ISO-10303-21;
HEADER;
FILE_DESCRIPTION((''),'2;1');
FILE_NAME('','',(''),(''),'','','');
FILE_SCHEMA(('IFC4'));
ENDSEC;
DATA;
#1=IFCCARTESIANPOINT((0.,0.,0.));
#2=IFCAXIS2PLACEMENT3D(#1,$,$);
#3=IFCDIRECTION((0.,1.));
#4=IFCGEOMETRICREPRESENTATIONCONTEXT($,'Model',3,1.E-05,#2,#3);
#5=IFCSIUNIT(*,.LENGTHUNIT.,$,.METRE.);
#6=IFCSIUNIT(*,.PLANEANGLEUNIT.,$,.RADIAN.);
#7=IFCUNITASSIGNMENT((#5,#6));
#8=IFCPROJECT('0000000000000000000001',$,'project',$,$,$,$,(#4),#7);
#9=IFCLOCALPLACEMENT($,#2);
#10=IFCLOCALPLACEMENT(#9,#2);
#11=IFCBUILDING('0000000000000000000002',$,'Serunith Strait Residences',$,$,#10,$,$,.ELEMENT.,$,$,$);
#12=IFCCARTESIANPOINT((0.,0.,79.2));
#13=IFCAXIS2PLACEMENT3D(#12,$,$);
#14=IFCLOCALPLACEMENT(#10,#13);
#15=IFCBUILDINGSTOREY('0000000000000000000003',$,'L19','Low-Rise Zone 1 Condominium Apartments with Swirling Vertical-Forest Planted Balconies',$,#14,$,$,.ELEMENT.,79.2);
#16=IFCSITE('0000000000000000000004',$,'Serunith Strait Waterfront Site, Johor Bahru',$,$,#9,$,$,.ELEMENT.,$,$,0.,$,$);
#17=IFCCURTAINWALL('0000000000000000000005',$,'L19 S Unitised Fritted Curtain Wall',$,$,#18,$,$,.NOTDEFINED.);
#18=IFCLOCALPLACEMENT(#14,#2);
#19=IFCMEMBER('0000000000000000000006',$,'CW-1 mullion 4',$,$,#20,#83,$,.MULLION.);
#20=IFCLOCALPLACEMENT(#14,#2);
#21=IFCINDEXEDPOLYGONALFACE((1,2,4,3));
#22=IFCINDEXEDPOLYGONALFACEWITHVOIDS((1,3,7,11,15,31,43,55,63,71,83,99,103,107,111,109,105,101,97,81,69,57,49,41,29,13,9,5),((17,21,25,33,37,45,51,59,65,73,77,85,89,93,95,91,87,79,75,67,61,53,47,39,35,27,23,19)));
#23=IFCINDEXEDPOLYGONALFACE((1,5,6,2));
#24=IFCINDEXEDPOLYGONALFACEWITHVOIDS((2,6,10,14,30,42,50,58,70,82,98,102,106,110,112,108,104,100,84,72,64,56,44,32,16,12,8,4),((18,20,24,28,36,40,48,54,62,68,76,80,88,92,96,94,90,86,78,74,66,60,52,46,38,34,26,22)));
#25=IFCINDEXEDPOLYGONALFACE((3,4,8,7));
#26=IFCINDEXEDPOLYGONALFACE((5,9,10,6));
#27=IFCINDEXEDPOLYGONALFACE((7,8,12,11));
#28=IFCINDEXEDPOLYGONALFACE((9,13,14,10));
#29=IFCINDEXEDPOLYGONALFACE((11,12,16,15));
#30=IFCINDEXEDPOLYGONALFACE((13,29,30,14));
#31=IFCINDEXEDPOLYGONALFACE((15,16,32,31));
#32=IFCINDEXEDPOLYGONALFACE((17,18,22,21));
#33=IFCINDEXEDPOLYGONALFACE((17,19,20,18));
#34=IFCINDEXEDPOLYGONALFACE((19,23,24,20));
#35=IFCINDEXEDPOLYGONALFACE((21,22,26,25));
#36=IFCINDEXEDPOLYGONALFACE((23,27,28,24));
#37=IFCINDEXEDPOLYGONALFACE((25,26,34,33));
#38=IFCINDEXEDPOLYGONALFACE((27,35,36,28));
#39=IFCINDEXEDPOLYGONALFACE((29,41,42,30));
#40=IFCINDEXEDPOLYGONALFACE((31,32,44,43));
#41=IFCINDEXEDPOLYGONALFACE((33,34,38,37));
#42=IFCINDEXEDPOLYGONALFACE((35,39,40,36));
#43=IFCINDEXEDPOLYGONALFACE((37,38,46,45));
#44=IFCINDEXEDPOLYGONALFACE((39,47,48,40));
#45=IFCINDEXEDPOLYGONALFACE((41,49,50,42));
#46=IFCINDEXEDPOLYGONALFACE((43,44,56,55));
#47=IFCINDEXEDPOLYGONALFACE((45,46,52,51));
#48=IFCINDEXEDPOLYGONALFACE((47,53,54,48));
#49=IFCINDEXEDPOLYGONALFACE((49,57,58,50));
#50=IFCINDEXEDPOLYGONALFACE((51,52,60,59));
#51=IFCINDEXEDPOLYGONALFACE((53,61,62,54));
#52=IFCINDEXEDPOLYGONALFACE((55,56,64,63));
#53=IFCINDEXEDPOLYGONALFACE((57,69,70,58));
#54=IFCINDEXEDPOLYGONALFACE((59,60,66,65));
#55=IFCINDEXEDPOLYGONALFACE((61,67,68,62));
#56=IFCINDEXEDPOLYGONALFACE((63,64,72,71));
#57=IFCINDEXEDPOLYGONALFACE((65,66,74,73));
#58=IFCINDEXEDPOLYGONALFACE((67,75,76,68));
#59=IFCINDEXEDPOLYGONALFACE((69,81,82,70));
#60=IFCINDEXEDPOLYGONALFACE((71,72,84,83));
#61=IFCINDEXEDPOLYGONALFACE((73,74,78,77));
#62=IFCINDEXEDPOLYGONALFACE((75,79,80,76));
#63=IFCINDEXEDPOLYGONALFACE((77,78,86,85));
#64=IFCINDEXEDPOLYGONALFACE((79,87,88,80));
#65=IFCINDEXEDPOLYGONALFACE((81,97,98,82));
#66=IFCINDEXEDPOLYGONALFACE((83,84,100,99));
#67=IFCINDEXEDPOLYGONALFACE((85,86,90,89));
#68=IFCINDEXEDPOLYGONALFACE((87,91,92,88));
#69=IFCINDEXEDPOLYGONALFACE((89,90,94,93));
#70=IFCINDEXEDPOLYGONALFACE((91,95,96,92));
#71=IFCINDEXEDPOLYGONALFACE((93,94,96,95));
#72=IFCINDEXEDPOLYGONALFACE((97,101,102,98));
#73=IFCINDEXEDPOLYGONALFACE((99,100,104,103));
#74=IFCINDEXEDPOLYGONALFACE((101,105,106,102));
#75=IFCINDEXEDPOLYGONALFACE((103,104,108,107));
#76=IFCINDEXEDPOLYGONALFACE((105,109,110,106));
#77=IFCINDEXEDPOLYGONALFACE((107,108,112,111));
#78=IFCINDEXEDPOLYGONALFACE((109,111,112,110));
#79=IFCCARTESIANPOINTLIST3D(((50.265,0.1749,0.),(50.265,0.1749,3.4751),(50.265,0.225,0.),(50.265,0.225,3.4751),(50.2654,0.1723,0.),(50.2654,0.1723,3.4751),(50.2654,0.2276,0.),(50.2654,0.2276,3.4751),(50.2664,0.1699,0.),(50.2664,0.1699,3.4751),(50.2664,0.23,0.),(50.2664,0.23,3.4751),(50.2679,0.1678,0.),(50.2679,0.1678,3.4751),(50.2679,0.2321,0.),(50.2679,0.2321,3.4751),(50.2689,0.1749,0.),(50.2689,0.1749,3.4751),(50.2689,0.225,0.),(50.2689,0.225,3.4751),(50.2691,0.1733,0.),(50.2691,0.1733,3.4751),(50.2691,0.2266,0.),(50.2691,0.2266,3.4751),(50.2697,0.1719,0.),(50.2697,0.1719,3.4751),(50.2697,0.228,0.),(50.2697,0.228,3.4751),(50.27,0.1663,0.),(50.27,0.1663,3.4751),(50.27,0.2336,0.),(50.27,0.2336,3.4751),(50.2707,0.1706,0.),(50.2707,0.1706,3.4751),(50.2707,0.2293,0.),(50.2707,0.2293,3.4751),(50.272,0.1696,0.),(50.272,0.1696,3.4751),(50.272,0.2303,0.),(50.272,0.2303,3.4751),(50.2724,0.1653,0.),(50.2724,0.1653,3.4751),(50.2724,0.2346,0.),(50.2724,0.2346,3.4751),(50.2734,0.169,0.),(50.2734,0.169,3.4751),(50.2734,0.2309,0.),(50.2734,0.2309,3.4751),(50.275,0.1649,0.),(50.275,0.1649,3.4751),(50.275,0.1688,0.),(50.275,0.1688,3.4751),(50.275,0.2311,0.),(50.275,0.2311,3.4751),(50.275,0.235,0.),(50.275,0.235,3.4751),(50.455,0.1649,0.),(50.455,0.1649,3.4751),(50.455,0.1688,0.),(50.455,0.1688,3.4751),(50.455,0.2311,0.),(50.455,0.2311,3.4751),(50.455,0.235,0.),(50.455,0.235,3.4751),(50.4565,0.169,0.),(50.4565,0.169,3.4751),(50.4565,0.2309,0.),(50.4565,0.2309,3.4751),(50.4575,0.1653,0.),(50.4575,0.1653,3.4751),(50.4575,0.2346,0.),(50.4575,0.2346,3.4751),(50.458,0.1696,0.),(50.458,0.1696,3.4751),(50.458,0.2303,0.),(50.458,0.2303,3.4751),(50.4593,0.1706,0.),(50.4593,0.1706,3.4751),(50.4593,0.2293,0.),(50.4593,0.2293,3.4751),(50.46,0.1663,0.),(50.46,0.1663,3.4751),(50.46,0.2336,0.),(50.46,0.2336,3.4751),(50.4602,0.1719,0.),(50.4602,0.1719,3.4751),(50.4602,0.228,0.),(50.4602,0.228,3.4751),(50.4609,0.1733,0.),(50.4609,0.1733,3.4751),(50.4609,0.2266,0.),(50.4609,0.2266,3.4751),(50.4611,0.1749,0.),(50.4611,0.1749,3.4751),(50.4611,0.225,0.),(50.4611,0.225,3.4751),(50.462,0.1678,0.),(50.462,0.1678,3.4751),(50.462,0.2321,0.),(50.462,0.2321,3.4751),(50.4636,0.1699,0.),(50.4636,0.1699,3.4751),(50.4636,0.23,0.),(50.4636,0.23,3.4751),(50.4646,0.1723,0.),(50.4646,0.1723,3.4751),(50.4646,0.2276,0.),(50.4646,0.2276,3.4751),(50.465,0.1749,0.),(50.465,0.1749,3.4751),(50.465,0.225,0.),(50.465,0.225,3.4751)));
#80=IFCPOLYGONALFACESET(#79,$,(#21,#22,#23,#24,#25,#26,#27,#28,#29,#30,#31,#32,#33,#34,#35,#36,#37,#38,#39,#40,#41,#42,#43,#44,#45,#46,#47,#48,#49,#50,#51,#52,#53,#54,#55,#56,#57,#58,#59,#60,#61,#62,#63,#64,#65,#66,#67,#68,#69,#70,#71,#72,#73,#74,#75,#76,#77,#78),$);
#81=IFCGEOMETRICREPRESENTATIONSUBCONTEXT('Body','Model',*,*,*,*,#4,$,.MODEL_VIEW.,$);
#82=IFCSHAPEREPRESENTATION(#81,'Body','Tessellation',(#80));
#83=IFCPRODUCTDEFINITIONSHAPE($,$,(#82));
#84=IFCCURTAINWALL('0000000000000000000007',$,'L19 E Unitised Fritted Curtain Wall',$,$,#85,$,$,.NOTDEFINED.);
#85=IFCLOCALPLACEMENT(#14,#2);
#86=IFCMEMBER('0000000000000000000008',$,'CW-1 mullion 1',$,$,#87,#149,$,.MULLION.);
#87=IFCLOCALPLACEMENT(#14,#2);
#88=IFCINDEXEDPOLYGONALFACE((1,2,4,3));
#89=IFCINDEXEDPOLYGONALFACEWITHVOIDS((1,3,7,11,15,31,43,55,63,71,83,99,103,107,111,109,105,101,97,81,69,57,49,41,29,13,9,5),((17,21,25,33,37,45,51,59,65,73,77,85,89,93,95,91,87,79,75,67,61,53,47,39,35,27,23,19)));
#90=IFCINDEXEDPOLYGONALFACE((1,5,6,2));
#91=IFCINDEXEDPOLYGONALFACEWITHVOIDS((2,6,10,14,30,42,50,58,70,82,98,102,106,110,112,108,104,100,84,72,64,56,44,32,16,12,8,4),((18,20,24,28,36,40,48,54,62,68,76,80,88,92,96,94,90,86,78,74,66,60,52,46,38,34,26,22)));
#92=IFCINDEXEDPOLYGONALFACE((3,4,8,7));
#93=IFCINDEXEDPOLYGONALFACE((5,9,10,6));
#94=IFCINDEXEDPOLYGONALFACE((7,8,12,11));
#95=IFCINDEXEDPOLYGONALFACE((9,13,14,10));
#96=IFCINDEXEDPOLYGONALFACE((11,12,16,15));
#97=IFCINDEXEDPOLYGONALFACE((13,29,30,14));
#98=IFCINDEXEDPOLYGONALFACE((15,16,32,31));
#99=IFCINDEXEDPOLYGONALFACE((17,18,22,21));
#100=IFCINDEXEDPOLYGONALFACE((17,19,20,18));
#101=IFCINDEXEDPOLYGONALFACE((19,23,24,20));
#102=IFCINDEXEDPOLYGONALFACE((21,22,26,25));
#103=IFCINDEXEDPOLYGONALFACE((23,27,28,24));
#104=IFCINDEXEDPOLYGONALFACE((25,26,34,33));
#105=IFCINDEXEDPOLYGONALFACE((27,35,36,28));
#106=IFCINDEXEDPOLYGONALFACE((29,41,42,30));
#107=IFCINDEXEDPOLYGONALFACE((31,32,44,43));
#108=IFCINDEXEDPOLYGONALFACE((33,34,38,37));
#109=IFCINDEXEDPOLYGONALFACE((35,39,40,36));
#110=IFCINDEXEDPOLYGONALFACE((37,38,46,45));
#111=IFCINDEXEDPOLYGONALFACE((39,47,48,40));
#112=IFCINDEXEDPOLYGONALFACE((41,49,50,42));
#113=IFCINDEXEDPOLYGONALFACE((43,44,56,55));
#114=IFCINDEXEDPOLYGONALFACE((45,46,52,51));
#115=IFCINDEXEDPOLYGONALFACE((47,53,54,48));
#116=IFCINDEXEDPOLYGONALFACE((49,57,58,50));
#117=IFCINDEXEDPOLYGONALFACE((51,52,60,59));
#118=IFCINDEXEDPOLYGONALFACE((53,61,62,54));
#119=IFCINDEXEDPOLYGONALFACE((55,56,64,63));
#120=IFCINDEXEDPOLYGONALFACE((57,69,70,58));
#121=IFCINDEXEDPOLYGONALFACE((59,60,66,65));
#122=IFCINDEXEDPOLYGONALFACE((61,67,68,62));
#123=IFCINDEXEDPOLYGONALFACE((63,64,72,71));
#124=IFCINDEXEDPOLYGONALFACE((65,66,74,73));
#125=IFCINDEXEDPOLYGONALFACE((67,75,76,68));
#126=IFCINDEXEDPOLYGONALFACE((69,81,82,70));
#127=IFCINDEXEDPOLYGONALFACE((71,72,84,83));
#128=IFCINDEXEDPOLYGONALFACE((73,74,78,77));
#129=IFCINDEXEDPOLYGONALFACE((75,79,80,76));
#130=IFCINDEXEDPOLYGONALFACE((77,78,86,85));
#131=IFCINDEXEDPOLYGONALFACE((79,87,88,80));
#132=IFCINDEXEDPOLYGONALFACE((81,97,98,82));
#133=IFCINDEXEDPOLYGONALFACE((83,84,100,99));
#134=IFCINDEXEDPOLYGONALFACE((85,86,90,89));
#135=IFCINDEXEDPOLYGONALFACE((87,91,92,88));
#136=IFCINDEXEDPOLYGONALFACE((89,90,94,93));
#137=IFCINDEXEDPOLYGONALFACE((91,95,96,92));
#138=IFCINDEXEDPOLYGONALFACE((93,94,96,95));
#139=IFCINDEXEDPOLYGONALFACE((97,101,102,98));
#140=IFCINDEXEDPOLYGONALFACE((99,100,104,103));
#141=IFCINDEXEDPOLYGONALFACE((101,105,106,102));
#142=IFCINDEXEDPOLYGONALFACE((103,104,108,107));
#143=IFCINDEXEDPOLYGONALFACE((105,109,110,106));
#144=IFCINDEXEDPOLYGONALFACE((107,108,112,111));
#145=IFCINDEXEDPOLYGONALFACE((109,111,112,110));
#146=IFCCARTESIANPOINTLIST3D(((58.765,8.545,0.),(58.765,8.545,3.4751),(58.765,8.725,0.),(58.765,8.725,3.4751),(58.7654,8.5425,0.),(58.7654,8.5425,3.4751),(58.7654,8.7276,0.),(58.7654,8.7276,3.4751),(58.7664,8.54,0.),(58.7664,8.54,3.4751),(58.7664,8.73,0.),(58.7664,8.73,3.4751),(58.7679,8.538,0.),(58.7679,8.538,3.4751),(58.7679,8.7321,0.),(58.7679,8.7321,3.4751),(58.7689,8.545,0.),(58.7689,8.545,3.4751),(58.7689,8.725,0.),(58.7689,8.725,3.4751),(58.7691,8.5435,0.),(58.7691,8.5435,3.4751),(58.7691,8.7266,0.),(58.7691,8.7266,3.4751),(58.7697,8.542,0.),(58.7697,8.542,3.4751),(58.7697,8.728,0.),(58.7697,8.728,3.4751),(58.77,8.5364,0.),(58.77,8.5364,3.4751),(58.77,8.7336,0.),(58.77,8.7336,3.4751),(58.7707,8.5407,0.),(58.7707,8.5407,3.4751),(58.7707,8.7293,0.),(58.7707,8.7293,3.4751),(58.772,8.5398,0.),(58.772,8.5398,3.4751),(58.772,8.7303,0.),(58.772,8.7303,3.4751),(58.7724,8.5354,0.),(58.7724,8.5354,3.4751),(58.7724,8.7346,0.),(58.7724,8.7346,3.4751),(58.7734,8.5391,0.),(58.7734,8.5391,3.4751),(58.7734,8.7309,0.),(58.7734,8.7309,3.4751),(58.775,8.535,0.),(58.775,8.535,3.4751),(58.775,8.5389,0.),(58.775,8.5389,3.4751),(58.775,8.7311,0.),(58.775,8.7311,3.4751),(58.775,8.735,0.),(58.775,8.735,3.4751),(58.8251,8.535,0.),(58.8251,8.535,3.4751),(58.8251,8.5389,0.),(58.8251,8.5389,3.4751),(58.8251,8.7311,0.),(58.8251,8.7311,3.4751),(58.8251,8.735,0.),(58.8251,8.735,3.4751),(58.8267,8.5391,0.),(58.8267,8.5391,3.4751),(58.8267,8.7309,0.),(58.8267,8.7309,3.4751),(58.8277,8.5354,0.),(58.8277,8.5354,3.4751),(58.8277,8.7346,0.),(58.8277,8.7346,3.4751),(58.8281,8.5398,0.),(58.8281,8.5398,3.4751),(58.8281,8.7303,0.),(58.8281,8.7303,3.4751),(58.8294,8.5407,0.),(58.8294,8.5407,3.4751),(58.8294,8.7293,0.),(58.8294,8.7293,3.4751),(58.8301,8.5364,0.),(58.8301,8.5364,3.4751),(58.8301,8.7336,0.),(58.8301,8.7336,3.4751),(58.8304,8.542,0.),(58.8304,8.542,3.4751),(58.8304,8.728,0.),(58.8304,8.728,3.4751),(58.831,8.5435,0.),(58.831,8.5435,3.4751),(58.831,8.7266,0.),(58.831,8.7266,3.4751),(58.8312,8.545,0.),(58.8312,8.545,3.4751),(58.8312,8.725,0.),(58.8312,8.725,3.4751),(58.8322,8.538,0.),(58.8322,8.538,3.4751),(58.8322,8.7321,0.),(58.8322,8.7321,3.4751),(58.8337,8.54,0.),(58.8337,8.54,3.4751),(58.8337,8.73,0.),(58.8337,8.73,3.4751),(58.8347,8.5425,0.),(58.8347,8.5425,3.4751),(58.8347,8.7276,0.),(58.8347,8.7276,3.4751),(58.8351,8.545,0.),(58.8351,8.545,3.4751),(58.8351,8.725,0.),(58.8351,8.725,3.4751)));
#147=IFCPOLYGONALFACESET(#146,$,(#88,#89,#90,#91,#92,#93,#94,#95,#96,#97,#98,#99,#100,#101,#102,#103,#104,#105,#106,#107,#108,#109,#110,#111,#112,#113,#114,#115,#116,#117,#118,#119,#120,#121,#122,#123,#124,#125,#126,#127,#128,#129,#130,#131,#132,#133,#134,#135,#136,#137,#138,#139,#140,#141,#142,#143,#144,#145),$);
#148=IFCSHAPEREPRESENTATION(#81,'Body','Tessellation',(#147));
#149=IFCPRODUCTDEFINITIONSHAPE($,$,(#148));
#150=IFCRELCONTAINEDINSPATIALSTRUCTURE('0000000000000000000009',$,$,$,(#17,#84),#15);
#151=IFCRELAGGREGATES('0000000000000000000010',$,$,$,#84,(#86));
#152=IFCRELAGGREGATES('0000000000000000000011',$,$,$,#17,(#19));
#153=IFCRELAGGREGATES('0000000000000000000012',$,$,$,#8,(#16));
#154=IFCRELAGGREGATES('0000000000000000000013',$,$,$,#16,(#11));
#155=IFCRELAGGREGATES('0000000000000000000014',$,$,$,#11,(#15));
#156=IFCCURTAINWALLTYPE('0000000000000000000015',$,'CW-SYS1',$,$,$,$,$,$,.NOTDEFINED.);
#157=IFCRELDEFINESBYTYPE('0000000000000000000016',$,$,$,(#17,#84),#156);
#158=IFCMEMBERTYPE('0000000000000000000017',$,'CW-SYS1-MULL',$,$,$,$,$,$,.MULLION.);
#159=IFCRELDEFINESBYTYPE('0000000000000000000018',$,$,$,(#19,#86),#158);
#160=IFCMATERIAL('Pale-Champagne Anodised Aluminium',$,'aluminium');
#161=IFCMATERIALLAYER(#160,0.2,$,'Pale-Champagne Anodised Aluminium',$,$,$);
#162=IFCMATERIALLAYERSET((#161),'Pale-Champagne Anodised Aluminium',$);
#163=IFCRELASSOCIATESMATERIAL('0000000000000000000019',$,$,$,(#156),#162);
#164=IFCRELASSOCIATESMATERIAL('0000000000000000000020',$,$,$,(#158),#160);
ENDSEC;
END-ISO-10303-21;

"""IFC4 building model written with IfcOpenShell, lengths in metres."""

from ifc_helpers import new_model, si_unit, direction, frame, origin, origin_2d, place, context, subcontext, project, spatial, hollow_rectangle, extrude, source, transform, mapped, material, layer, layer_set, material_profile, profile_set, type_object, element, aggregate, save


model = new_model("IFC4")

# Units and contexts
model_context = context("Model", 3, precision=1e-05, world=origin(), true_north=direction((0.0, 1.0)))
body_context = subcontext(model_context, "Body", "Model", "MODEL_VIEW")
ifc_project = project(units=[si_unit("LENGTHUNIT", "METRE"), si_unit("PLANEANGLEUNIT", "RADIAN")], contexts=[model_context])

# Site, building, storey
site_placement = place(None, origin())
site = spatial("IfcSite", under=ifc_project, at=site_placement, Name="Serunith Strait Waterfront Site, Johor Bahru", CompositionType="ELEMENT", RefElevation=0.0)
building_placement = place(site_placement, origin())
building = spatial("IfcBuilding", under=site, at=building_placement, Name="Serunith Strait Residences", CompositionType="ELEMENT")
storey_placement = place(building_placement, frame((0.0, 0.0, 79.2)))
storey = spatial("IfcBuildingStorey", under=building, at=storey_placement, Name="L19", Description="Low-Rise Zone 1 Condominium Apartments with Swirling Vertical-Forest Planted Balconies", CompositionType="ELEMENT", Elevation=79.2)

# Curtain walls, members
ifc_material_1 = material(Name="Pale-Champagne Anodised Aluminium", Category="aluminium")
ifc_layer_1 = layer(ifc_material_1, 0.2, Name="Pale-Champagne Anodised Aluminium")
ifc_layer_set_1 = layer_set([ifc_layer_1], Name="Pale-Champagne Anodised Aluminium")
curtain_wall_type = type_object("IfcCurtainWallType", Name="CW-SYS1", PredefinedType="NOTDEFINED", material=ifc_layer_set_1)
curtain_wall_1_placement = place(storey_placement, origin())
curtain_wall_1 = element("IfcCurtainWall", 1, at=curtain_wall_1_placement, inside=storey, type_object=curtain_wall_type, Name="L19 S Unitised Fritted Curtain Wall", PredefinedType="NOTDEFINED")
ifc_material_profile_1 = material_profile(ifc_material_1, hollow_rectangle(XDim=0.0701, YDim=0.2, WallThickness=0.0039, InnerFilletRadius=0.0061, OuterFilletRadius=0.01, at=origin_2d()), Name="ALU 200x70x4")
ifc_profile_set_1 = profile_set([ifc_material_profile_1], Name="Pale-Champagne Anodised Aluminium")
member_type_1 = type_object("IfcMemberType", Name="CW-SYS1-MULL", PredefinedType="MULLION", material=ifc_profile_set_1)
shared_shape_1 = source(origin(), body_context, "Body", "SweptSolid", [
    extrude(hollow_rectangle(XDim=0.0701, YDim=0.2, WallThickness=0.0039, InnerFilletRadius=0.0061, OuterFilletRadius=0.01, at=origin_2d()), origin(), (0.0, 0.0, 1.0), 3.4751),
])
member_1_placement = place(storey_placement, frame((50.365, 0.2, 0.0), z_axis=(0.0, 0.0, 1.0), x_axis=(0.0, 1.0, 0.0)))
member_1 = element("IfcMember", 2, at=member_1_placement, type_object=member_type_1, Name="CW-1 mullion 4", PredefinedType="MULLION", context=body_context, shape_type="MappedRepresentation", body=[
    mapped(shared_shape_1, transform((0.0, 0.0, 0.0), scale=1.0)),
])
curtain_wall_2_placement = place(storey_placement, origin())
curtain_wall_2 = element("IfcCurtainWall", 3, at=curtain_wall_2_placement, inside=storey, type_object=curtain_wall_type, Name="L19 E Unitised Fritted Curtain Wall", PredefinedType="NOTDEFINED")
member_2_placement = place(storey_placement, frame((58.8, 8.635, 0.0), z_axis=(0.0, 0.0, 1.0), x_axis=(-1.0, 0.0, 0.0)))
member_2 = element("IfcMember", 4, at=member_2_placement, type_object=member_type_1, Name="CW-1 mullion 1", PredefinedType="MULLION", context=body_context, shape_type="MappedRepresentation", body=[
    mapped(shared_shape_1, transform((0.0, 0.0, 0.0), scale=1.0)),
])
aggregate(curtain_wall_2, [member_2])

aggregate(curtain_wall_1, [member_1])

save(model, "model.ifc")
